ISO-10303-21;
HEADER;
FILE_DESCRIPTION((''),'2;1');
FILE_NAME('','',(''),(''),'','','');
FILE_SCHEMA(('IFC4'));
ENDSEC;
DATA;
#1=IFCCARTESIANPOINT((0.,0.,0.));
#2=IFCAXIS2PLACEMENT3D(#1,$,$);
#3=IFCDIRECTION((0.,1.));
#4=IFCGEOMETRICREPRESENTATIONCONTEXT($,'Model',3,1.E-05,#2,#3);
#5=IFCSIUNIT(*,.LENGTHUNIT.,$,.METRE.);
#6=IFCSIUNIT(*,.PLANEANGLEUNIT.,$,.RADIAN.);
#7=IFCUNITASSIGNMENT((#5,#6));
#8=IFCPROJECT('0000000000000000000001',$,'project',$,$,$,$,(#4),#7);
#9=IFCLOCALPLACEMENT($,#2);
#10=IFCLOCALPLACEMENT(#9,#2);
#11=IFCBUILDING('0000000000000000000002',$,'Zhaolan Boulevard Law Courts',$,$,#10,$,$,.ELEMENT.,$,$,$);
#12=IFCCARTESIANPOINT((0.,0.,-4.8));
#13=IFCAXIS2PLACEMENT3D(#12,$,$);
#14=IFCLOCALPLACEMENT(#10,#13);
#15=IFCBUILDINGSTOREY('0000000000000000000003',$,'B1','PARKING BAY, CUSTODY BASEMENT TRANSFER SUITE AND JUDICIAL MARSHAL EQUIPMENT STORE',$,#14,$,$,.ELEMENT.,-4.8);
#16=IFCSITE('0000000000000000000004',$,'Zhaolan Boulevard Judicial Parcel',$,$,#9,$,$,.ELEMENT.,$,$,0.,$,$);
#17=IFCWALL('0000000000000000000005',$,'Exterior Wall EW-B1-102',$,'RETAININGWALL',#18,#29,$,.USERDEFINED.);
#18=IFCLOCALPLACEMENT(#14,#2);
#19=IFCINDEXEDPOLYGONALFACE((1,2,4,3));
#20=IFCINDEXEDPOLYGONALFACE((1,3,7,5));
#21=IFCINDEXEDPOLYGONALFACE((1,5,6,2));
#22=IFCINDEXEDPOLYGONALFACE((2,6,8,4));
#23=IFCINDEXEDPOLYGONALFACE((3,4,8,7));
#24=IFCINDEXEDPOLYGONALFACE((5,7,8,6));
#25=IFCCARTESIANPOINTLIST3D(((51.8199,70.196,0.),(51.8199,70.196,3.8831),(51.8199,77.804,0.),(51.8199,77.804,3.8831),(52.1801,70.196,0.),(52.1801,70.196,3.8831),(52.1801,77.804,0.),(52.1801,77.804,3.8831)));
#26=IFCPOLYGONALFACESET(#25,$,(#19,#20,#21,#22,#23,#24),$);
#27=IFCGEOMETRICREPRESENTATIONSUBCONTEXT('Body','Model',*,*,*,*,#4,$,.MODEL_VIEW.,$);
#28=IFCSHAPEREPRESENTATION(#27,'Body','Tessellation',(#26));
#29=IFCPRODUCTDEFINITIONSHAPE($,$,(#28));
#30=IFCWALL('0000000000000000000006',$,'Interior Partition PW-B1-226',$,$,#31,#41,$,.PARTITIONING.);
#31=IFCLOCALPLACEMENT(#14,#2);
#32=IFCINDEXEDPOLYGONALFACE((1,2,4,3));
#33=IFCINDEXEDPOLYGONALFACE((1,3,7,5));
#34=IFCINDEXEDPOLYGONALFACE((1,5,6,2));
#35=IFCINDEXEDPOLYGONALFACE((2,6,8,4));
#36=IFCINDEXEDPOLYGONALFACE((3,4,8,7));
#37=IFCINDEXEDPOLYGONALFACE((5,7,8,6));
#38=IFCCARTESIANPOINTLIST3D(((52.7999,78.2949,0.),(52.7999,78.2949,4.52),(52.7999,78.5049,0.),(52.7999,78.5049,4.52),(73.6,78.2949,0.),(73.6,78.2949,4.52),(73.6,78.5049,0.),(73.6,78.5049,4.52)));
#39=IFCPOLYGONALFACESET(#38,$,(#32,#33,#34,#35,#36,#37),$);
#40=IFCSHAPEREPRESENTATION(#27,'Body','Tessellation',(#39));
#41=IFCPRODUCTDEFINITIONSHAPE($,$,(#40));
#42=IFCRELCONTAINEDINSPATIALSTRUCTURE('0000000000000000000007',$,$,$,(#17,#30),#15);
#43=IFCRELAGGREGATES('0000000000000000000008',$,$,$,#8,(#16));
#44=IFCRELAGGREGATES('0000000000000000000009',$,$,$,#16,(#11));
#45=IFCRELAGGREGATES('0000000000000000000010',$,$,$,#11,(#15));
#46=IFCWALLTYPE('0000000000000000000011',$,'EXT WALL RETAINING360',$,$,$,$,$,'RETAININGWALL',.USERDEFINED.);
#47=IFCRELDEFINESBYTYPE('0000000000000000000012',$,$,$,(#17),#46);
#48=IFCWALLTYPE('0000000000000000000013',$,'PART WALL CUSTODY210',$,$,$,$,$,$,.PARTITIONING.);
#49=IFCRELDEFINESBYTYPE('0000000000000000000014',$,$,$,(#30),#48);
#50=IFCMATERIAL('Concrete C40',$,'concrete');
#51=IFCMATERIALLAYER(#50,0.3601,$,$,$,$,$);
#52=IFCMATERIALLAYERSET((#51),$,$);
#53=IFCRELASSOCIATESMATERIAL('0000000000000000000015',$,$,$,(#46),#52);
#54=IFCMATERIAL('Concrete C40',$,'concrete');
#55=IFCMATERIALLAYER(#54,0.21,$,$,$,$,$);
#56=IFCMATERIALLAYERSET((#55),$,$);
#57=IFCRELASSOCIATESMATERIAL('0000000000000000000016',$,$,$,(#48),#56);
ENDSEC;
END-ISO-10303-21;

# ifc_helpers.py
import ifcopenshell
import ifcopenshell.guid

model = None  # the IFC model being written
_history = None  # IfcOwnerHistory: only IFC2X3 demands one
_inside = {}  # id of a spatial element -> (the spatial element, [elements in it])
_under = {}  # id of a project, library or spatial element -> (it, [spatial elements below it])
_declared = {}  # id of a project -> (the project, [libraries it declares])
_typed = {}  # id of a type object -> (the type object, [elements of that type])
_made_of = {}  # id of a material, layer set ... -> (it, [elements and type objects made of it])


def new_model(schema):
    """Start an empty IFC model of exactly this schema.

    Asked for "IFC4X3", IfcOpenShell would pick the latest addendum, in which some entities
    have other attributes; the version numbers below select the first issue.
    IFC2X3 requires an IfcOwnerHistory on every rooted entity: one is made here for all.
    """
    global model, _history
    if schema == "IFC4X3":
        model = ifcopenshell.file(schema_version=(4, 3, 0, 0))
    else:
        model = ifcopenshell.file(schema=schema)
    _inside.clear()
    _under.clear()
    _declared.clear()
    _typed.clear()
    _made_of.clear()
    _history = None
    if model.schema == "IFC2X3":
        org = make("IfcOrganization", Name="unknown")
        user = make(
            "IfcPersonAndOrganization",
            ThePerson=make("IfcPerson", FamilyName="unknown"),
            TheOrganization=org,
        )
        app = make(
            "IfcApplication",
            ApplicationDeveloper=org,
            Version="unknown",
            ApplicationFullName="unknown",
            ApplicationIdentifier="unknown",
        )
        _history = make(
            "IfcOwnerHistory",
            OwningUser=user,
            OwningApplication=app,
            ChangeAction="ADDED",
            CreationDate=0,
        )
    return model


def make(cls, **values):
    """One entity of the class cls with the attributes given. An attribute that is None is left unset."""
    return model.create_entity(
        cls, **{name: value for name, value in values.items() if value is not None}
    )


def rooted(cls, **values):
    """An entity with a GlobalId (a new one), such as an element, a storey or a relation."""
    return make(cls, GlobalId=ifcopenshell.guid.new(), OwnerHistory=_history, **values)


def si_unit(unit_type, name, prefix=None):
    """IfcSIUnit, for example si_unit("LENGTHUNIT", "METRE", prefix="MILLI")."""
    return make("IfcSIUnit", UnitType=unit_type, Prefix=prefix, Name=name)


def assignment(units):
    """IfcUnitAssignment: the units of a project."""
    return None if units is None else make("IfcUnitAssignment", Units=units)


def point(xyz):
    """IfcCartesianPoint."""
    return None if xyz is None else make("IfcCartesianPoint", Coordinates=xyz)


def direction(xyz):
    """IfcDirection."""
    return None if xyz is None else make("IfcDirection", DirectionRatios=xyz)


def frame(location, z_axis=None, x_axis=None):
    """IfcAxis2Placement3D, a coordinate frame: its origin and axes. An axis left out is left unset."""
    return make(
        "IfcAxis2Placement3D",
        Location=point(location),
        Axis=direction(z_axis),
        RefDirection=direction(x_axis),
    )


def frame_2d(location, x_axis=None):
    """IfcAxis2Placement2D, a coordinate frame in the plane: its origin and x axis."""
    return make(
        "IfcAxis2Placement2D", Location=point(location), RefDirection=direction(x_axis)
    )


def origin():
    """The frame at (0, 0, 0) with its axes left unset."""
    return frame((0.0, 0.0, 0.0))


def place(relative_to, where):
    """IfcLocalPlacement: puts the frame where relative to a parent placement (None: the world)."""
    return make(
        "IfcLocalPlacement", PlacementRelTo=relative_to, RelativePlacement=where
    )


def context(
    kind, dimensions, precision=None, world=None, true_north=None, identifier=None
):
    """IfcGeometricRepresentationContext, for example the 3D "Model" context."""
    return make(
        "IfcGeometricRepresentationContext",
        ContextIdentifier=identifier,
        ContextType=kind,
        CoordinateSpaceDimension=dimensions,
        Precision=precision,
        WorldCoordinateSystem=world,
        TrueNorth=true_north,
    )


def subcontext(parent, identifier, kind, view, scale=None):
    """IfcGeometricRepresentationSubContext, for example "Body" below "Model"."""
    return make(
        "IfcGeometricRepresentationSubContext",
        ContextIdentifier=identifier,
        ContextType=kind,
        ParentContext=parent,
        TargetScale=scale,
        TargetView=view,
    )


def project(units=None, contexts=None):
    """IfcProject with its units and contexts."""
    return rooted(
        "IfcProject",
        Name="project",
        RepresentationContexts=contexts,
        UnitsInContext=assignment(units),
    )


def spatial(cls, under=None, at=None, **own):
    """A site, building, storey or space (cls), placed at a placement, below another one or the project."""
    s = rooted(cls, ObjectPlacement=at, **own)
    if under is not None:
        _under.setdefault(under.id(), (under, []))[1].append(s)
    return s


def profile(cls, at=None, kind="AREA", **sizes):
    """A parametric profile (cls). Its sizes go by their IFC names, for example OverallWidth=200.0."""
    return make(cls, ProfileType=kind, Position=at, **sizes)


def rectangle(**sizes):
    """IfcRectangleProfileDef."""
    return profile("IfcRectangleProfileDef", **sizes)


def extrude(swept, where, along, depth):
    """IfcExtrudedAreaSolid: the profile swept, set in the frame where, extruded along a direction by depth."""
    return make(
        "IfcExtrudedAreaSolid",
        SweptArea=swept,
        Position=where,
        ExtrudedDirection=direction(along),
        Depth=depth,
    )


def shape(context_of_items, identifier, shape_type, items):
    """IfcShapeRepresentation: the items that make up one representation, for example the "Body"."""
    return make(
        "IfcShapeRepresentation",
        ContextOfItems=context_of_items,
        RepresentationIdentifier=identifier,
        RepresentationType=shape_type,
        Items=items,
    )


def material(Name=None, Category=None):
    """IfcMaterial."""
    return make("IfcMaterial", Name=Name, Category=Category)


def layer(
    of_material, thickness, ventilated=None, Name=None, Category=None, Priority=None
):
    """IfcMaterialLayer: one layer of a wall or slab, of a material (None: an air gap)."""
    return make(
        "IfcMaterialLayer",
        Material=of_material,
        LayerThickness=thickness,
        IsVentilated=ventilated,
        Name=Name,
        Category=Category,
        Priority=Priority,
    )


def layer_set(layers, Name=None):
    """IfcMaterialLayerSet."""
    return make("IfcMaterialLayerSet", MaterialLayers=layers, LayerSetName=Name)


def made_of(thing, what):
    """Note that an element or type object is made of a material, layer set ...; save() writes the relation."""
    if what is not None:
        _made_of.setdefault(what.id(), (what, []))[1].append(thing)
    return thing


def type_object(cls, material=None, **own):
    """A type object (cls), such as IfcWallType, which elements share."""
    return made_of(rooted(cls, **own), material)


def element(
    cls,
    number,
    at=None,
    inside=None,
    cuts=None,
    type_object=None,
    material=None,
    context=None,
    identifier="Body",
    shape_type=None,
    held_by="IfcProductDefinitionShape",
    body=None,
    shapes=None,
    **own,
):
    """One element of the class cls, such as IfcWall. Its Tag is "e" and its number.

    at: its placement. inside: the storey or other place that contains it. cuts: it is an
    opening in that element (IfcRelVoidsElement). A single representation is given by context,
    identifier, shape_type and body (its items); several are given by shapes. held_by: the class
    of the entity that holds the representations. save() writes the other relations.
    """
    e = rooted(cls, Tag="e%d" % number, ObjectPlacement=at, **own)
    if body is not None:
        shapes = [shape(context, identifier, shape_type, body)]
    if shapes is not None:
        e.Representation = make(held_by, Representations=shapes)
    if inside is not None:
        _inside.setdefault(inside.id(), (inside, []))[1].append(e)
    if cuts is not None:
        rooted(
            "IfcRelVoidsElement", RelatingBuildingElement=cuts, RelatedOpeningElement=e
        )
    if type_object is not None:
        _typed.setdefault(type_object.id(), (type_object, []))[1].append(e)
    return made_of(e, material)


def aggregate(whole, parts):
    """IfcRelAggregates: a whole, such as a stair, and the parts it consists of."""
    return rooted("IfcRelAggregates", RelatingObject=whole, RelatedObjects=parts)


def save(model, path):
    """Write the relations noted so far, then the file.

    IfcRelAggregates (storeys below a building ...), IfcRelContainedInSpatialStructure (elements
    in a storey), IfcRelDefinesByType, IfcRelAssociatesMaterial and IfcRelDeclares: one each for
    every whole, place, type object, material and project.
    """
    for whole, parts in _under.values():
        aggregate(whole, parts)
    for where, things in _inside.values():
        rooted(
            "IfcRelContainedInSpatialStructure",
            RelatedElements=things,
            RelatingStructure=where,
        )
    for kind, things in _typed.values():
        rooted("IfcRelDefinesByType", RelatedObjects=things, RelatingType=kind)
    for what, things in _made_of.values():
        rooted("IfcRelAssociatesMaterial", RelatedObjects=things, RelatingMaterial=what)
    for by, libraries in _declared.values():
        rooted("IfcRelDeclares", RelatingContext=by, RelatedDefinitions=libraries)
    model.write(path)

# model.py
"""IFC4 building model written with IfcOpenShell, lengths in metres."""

from ifc_helpers import new_model, si_unit, direction, frame, frame_2d, origin, place, context, subcontext, project, spatial, rectangle, extrude, material, layer, layer_set, type_object, element, save


model = new_model("IFC4")

# Units and contexts
model_context = context("Model", 3, precision=1e-05, world=origin(), true_north=direction((0.0, 1.0)))
body_context = subcontext(model_context, "Body", "Model", "MODEL_VIEW")
ifc_project = project(units=[si_unit("LENGTHUNIT", "METRE"), si_unit("PLANEANGLEUNIT", "RADIAN")], contexts=[model_context])

# Site, building, storey
site_placement = place(None, origin())
site = spatial("IfcSite", under=ifc_project, at=site_placement, Name="Zhaolan Boulevard Judicial Parcel", CompositionType="ELEMENT", RefElevation=0.0)
building_placement = place(site_placement, origin())
building = spatial("IfcBuilding", under=site, at=building_placement, Name="Zhaolan Boulevard Law Courts", CompositionType="ELEMENT")
storey_placement = place(building_placement, frame((0.0, 0.0, -4.8)))
storey = spatial("IfcBuildingStorey", under=building, at=storey_placement, Name="B1", Description="PARKING BAY, CUSTODY BASEMENT TRANSFER SUITE AND JUDICIAL MARSHAL EQUIPMENT STORE", CompositionType="ELEMENT", Elevation=-4.8)

# Walls
ifc_material_1 = material(Name="Concrete C40", Category="concrete")
ifc_layer_1 = layer(ifc_material_1, 0.3601)
ifc_layer_set_1 = layer_set([ifc_layer_1])
wall_type_1 = type_object("IfcWallType", Name="EXT WALL RETAINING360", ElementType="RETAININGWALL", PredefinedType="USERDEFINED", material=ifc_layer_set_1)
wall_1_placement = place(storey_placement, frame((52.0, 77.804, 0.0), z_axis=(0.0, 0.0, 1.0), x_axis=(0.0, -1.0, 0.0)))
element("IfcWall", 1, at=wall_1_placement, inside=storey, type_object=wall_type_1, Name="Exterior Wall EW-B1-102", ObjectType="RETAININGWALL", PredefinedType="USERDEFINED", context=body_context, shape_type="SweptSolid", body=[
    extrude(rectangle(XDim=7.6079, YDim=0.3601, at=frame_2d((3.804, 0.0))), origin(), (0.0, 0.0, 1.0), 3.8831),
])
ifc_material_2 = material(Name="Concrete C40", Category="concrete")
ifc_layer_2 = layer(ifc_material_2, 0.21)
ifc_layer_set_2 = layer_set([ifc_layer_2])
wall_type_2 = type_object("IfcWallType", Name="PART WALL CUSTODY210", PredefinedType="PARTITIONING", material=ifc_layer_set_2)
wall_2_placement = place(storey_placement, frame((52.8, 78.3999, 0.0), z_axis=(0.0, 0.0, 1.0), x_axis=(1.0, 0.0, 0.0)))
element("IfcWall", 2, at=wall_2_placement, inside=storey, type_object=wall_type_2, Name="Interior Partition PW-B1-226", PredefinedType="PARTITIONING", context=body_context, shape_type="SweptSolid", body=[
    extrude(rectangle(XDim=20.8, YDim=0.21, at=frame_2d((10.3999, 0.0))), origin(), (0.0, 0.0, 1.0), 4.52),
])

save(model, "model.ifc")
